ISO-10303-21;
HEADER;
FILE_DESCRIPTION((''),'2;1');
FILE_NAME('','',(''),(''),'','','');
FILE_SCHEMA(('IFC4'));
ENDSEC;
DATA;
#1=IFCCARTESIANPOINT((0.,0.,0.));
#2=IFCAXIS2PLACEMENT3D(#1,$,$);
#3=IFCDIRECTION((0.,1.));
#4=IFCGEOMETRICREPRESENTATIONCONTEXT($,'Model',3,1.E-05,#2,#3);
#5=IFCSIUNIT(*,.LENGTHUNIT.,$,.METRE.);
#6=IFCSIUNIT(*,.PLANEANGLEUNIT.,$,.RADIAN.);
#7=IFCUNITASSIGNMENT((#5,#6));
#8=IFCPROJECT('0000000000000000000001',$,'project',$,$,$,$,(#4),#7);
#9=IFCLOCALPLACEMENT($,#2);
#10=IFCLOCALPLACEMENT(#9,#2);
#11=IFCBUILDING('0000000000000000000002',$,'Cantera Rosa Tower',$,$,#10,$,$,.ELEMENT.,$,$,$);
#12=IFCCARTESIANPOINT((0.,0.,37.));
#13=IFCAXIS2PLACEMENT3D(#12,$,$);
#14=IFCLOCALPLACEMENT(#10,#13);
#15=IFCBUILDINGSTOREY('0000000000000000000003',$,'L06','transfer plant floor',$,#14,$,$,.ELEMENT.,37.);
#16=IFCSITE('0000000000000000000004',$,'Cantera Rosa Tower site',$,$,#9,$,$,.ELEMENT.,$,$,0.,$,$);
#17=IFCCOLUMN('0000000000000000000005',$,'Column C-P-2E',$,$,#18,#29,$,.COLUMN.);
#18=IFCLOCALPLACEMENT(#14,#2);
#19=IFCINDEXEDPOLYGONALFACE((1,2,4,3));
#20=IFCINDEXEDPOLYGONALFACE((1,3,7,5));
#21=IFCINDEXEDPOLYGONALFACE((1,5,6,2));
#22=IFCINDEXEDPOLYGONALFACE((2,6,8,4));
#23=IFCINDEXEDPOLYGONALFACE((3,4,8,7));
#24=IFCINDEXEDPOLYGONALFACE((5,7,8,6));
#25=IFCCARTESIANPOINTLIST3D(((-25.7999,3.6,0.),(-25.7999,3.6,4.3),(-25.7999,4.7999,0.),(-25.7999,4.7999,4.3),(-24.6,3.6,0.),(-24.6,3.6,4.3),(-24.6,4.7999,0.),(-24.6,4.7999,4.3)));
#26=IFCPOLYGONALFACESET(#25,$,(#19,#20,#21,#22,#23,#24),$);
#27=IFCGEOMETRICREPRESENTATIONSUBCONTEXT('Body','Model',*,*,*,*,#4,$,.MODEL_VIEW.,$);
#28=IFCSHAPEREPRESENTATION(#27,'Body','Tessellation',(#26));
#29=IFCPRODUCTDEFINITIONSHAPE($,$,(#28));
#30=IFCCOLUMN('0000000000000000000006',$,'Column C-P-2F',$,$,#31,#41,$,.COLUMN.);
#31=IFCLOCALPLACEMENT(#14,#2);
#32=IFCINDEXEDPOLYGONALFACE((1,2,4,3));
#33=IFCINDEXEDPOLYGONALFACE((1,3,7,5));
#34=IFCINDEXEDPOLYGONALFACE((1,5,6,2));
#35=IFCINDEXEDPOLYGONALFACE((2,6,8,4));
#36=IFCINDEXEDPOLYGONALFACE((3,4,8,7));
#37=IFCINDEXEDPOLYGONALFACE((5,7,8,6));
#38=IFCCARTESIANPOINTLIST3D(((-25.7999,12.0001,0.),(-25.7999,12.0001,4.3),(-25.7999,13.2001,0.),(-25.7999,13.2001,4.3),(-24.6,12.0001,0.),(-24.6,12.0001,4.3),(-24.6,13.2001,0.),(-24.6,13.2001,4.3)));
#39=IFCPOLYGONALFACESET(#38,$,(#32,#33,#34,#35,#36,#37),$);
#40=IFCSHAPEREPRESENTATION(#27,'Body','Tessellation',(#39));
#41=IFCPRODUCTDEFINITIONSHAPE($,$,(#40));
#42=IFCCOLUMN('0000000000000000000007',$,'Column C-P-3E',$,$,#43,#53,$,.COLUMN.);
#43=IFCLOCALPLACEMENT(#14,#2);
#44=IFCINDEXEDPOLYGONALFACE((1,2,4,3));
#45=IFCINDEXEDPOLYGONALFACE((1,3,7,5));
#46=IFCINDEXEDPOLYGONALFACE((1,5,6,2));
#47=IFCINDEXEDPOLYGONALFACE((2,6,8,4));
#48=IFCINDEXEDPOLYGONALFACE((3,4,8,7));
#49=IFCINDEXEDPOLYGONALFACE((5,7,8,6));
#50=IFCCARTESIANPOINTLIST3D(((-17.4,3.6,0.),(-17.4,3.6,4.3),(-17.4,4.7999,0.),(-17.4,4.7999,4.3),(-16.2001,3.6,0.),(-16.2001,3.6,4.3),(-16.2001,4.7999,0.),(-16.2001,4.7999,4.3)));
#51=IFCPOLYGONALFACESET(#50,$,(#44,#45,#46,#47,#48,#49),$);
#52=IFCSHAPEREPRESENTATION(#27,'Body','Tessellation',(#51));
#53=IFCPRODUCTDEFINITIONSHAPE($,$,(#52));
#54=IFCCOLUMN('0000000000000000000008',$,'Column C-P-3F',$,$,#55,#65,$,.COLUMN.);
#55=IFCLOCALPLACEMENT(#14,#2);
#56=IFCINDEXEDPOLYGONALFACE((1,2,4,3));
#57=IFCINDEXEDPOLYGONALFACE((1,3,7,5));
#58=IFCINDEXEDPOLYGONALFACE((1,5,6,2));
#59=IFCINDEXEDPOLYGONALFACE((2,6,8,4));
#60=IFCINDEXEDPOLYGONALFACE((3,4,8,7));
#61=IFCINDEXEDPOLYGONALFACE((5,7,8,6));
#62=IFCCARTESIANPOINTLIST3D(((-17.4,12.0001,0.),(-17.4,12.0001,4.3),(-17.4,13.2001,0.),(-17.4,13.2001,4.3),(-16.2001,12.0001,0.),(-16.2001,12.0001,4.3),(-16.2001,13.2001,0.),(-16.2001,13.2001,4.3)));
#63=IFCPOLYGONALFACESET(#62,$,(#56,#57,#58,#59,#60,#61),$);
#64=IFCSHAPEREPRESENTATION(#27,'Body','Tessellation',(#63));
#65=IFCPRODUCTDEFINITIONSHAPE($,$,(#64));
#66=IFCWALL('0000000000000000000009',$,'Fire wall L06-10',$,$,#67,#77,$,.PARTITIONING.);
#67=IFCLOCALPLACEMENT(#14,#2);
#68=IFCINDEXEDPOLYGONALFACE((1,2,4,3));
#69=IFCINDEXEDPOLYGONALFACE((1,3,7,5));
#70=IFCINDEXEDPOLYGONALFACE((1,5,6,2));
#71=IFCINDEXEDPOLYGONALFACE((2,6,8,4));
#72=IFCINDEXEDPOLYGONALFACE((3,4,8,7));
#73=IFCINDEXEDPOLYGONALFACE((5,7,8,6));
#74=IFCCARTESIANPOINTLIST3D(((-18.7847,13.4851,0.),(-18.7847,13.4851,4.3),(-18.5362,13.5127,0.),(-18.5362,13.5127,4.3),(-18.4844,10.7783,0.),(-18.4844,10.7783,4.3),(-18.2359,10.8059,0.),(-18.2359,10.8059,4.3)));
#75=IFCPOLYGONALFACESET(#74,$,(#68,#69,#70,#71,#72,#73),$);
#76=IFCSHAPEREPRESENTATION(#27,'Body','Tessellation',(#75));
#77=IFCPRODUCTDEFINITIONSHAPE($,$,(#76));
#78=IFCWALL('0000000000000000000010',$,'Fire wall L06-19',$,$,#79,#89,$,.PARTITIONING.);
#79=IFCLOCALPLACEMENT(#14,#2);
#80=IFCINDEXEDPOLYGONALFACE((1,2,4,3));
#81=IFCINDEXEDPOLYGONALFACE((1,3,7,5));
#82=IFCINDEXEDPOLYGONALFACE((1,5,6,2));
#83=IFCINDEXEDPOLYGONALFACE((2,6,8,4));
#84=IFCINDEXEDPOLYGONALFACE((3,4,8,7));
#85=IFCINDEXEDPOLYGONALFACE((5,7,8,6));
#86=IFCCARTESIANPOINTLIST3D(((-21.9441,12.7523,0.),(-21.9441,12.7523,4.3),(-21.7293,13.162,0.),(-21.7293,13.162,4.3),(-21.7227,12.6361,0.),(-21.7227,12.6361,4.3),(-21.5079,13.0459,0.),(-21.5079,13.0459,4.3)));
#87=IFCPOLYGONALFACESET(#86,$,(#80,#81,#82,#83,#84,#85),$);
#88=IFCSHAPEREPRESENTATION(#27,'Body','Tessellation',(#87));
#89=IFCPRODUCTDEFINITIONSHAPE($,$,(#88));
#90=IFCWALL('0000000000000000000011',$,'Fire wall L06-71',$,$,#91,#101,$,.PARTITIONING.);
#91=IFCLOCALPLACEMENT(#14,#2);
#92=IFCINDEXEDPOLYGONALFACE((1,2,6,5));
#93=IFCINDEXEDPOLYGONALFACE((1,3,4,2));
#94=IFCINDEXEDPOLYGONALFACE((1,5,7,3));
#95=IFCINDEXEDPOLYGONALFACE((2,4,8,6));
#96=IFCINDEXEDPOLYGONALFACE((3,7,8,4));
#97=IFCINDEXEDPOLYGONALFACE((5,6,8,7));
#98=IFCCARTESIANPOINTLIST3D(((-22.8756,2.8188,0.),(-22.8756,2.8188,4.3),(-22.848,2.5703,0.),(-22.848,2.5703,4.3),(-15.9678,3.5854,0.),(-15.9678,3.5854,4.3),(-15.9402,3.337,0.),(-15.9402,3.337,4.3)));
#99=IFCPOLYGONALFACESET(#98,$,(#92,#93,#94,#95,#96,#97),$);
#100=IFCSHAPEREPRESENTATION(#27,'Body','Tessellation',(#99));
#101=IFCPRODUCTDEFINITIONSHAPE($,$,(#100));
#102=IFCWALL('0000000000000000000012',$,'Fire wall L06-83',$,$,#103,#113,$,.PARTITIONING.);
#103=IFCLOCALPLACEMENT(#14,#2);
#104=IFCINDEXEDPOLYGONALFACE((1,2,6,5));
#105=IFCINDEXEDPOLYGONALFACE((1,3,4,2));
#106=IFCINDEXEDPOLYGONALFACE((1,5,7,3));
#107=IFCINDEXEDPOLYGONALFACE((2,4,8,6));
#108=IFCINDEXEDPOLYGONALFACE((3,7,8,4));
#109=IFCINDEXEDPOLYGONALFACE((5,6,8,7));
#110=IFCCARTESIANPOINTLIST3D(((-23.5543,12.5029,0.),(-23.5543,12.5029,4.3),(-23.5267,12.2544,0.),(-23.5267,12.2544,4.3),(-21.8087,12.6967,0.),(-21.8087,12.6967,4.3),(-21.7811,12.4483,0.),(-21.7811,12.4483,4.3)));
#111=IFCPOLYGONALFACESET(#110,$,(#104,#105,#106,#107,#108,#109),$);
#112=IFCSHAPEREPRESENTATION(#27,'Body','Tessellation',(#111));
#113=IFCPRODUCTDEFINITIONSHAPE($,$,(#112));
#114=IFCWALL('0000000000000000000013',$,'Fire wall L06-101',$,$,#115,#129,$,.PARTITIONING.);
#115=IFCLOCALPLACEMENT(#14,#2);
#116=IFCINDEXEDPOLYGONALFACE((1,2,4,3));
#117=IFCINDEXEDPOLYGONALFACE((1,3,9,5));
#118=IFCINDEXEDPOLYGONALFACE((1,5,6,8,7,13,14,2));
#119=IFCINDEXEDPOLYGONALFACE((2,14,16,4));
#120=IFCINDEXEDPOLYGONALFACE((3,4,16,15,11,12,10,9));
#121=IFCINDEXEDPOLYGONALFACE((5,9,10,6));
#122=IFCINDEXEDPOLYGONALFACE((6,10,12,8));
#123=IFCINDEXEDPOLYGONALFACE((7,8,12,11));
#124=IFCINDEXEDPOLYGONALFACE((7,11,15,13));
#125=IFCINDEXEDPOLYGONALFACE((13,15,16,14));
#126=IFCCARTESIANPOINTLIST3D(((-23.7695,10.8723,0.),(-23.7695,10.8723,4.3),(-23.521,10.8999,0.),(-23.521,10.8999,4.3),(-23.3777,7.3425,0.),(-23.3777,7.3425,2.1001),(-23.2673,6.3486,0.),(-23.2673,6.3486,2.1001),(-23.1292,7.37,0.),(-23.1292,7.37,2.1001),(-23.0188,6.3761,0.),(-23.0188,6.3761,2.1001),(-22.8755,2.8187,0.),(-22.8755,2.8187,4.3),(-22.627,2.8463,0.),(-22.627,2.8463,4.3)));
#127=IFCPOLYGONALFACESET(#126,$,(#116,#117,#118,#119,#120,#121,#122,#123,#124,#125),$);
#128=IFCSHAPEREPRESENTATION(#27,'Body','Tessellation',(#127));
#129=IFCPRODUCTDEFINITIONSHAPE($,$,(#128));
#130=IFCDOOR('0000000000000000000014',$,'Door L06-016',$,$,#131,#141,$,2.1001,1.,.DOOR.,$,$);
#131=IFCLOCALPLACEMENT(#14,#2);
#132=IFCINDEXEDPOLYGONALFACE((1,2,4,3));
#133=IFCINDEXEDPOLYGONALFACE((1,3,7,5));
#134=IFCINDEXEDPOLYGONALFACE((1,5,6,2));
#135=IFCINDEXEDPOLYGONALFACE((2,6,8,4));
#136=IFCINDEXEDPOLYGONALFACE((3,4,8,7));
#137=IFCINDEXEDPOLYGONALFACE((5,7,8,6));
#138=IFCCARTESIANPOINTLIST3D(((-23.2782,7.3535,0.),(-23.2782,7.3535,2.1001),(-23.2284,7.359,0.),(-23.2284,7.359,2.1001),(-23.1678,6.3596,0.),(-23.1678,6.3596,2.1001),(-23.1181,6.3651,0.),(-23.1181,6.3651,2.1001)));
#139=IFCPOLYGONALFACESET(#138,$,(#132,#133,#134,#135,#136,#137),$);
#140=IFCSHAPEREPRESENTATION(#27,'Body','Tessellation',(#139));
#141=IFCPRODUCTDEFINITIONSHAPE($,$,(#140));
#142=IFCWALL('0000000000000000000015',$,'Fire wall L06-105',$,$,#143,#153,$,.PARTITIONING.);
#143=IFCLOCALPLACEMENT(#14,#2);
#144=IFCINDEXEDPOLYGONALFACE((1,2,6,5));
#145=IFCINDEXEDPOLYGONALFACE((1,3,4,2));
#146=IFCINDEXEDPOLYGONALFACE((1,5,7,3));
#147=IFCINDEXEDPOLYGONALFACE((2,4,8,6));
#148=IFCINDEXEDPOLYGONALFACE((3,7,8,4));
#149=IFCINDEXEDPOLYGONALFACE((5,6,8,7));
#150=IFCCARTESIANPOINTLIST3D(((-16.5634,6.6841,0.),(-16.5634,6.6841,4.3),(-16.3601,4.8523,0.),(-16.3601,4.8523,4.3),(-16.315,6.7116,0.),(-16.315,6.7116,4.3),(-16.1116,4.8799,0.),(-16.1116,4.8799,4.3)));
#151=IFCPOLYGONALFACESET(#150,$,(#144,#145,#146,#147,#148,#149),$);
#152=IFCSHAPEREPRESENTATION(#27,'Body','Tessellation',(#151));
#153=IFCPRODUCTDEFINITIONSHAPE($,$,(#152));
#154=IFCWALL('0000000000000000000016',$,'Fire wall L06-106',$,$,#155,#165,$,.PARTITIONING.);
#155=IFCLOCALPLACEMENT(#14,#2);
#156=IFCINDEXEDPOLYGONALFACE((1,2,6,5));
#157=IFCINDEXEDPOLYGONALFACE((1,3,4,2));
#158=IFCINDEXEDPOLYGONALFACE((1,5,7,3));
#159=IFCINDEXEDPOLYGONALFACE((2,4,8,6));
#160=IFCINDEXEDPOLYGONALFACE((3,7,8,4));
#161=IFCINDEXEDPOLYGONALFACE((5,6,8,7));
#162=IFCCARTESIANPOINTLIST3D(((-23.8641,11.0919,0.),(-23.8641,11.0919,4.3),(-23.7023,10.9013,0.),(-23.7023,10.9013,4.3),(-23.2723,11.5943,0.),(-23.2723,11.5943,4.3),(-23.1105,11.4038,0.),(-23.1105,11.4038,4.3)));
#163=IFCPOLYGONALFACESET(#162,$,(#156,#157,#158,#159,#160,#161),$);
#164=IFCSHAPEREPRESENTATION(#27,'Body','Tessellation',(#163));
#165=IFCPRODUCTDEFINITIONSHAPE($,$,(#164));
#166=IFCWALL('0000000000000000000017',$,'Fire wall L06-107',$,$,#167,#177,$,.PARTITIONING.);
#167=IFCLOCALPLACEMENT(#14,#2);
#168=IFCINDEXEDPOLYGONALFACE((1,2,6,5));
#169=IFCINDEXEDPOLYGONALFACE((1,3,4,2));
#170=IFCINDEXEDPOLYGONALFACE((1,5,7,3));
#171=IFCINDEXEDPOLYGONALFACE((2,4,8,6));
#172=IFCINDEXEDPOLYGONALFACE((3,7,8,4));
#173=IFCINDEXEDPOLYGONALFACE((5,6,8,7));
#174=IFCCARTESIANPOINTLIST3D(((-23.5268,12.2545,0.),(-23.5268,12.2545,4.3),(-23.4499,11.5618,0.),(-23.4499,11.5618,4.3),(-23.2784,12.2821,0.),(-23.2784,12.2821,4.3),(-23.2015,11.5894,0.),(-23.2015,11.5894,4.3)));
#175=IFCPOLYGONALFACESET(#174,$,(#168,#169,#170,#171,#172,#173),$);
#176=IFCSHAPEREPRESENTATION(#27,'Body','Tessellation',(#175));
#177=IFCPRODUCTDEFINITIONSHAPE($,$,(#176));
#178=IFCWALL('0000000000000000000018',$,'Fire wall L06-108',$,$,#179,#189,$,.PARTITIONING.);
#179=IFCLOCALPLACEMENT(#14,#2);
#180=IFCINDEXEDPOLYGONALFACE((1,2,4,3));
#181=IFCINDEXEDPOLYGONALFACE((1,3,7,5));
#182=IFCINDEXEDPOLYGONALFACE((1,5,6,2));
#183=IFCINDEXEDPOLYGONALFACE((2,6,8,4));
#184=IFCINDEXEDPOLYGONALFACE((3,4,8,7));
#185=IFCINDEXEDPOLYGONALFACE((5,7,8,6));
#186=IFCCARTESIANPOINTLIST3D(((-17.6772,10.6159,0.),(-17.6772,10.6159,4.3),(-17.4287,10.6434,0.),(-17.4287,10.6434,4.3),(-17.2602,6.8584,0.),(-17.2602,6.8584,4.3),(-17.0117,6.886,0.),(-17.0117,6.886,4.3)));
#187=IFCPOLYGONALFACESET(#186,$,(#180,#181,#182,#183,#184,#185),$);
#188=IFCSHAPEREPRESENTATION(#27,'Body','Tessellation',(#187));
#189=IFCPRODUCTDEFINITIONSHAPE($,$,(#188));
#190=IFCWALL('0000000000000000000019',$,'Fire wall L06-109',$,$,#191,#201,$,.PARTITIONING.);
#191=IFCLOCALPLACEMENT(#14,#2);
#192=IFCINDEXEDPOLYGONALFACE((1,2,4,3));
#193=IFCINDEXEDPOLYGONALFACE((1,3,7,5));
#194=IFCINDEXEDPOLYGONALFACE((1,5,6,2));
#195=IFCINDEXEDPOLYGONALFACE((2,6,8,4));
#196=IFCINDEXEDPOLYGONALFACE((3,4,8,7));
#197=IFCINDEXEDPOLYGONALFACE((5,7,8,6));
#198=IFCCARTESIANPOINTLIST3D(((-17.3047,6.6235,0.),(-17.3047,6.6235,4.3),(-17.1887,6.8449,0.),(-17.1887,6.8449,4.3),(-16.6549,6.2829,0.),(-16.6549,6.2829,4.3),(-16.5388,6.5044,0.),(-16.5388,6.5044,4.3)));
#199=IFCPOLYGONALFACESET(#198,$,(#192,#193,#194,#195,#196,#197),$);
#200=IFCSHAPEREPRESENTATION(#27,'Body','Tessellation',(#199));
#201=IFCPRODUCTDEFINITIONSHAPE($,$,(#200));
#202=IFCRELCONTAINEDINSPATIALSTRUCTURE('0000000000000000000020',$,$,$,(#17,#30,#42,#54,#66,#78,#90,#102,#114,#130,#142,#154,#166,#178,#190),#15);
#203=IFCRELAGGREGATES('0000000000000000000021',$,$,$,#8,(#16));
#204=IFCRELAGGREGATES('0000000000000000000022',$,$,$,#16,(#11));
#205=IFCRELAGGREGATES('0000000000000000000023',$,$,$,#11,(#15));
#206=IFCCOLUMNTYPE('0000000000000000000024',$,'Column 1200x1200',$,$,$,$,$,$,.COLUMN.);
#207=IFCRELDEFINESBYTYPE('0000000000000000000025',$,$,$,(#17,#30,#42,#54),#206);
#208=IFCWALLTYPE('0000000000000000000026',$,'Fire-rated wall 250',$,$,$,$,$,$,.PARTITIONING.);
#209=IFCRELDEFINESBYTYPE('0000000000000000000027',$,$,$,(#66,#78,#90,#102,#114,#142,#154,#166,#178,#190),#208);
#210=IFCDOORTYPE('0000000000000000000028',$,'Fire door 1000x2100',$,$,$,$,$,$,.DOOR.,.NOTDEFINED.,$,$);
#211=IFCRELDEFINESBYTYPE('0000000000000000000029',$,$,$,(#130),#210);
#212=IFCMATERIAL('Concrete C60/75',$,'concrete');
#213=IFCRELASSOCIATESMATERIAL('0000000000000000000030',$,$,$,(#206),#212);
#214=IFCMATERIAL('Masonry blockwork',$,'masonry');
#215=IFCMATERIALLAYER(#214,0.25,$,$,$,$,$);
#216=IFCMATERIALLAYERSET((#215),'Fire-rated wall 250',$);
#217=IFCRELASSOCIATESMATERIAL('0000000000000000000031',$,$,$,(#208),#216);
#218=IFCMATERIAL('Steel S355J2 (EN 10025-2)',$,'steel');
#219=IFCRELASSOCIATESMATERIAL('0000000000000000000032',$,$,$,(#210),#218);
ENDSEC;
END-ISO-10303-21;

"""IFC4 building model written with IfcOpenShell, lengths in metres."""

from ifc_helpers import new_model, si_unit, direction, frame, frame_2d, origin, origin_2d, place, context, subcontext, project, spatial, rectangle, extrude, material, layer, layer_set, material_profile, profile_set, type_object, element, fill, save


model = new_model("IFC4")

# Units and contexts
model_context = context("Model", 3, precision=1e-05, world=origin(), true_north=direction((0.0, 1.0)))
body_context = subcontext(model_context, "Body", "Model", "MODEL_VIEW")
ifc_project = project(units=[si_unit("LENGTHUNIT", "METRE"), si_unit("PLANEANGLEUNIT", "RADIAN")], contexts=[model_context])

# Site, building, storey
site_placement = place(None, origin())
site = spatial("IfcSite", under=ifc_project, at=site_placement, Name="Cantera Rosa Tower site", CompositionType="ELEMENT", RefElevation=0.0)
building_placement = place(site_placement, origin())
building = spatial("IfcBuilding", under=site, at=building_placement, Name="Cantera Rosa Tower", CompositionType="ELEMENT")
storey_placement = place(building_placement, frame((0.0, 0.0, 37.0)))
storey = spatial("IfcBuildingStorey", under=building, at=storey_placement, Name="L06", Description="transfer plant floor", CompositionType="ELEMENT", Elevation=37.0)

# Columns
ifc_material_1 = material(Name="Concrete C60/75", Category="concrete")
ifc_material_profile = material_profile(ifc_material_1, rectangle(XDim=1.2, YDim=1.2, at=origin_2d()), Name="Column 1200x1200")
ifc_profile_set = profile_set([ifc_material_profile], Name="Concrete C60/75")
column_type = type_object("IfcColumnType", Name="Column 1200x1200", PredefinedType="COLUMN", material=ifc_profile_set)
for number, where, z_axis, x_axis, name in (
    (1, (-25.2, 4.2, 0.0), (0.0, 0.0, 1.0), (1.0, 0.0, 0.0), "Column C-P-2E"),
    (2, (-25.2, 12.6001, 0.0), (0.0, 0.0, 1.0), (1.0, 0.0, 0.0), "Column C-P-2F"),
    (3, (-16.8, 4.2, 0.0), (0.0, 0.0, 1.0), (1.0, 0.0, 0.0), "Column C-P-3E"),
    (4, (-16.8, 12.6001, 0.0), (0.0, 0.0, 1.0), (1.0, 0.0, 0.0), "Column C-P-3F"),
):
    element("IfcColumn", number, at=place(storey_placement, frame(where, z_axis=z_axis, x_axis=x_axis)), inside=storey, type_object=column_type, Name=name, PredefinedType="COLUMN", context=body_context, shape_type="SweptSolid", body=[
        extrude(rectangle(XDim=1.2, YDim=1.2, at=origin_2d()), origin(), (0.0, 0.0, 1.0), 4.3),
    ])

# Walls
ifc_material_2 = material(Name="Masonry blockwork", Category="masonry")
ifc_layer_1 = layer(ifc_material_2, 0.25)
ifc_layer_set_1 = layer_set([ifc_layer_1], Name="Fire-rated wall 250")
wall_type_1 = type_object("IfcWallType", Name="Fire-rated wall 250", PredefinedType="PARTITIONING", material=ifc_layer_set_1)
wall_1_placement = place(storey_placement, frame((-18.3601, 10.792, 0.0), z_axis=(0.0, 0.0, 1.0), x_axis=(-0.110264, 0.993902, 0.0)))
element("IfcWall", 5, at=wall_1_placement, inside=storey, type_object=wall_type_1, Name="Fire wall L06-10", PredefinedType="PARTITIONING", context=body_context, shape_type="SweptSolid", body=[
    extrude(rectangle(XDim=2.7234, YDim=0.25, at=frame_2d((1.3618, 0.0))), origin(), (0.0, 0.0, 1.0), 4.3),
])
wall_2_placement = place(storey_placement, frame((-21.8335, 12.6941, 0.0), z_axis=(0.0, 0.0, 1.0), x_axis=(0.464441, 0.885604, 0.0)))
element("IfcWall", 6, at=wall_2_placement, inside=storey, type_object=wall_type_1, Name="Fire wall L06-19", PredefinedType="PARTITIONING", context=body_context, shape_type="SweptSolid", body=[
    extrude(rectangle(XDim=0.4626, YDim=0.25, at=frame_2d((0.2314, 0.0))), origin(), (0.0, 0.0, 1.0), 4.3),
])
wall_3_placement = place(storey_placement, frame((-22.8618, 2.6946, 0.0), z_axis=(0.0, 0.0, 1.0), x_axis=(0.993898, 0.1103, 0.0)))
element("IfcWall", 7, at=wall_3_placement, inside=storey, type_object=wall_type_1, Name="Fire wall L06-71", PredefinedType="PARTITIONING", context=body_context, shape_type="SweptSolid", body=[
    extrude(rectangle(XDim=6.9502, YDim=0.25, at=frame_2d((3.4751, 0.0))), origin(), (0.0, 0.0, 1.0), 4.3),
])
wall_4_placement = place(storey_placement, frame((-23.5405, 12.3787, 0.0), z_axis=(0.0, 0.0, 1.0), x_axis=(0.993891, 0.11037, 0.0)))
element("IfcWall", 8, at=wall_4_placement, inside=storey, type_object=wall_type_1, Name="Fire wall L06-83", PredefinedType="PARTITIONING", context=body_context, shape_type="SweptSolid", body=[
    extrude(rectangle(XDim=1.7563, YDim=0.25, at=frame_2d((0.8782, 0.0))), origin(), (0.0, 0.0, 1.0), 4.3),
])

# Wall, opening, door
wall_5_placement = place(storey_placement, frame((-22.7512, 2.8325, 0.0), z_axis=(0.0, 0.0, 1.0), x_axis=(-0.110336, 0.993894, 0.0)))
wall_5 = element("IfcWall", 9, at=wall_5_placement, inside=storey, type_object=wall_type_1, Name="Fire wall L06-101", PredefinedType="PARTITIONING", context=body_context, shape_type="SweptSolid", body=[
    extrude(rectangle(XDim=8.103, YDim=0.25, at=frame_2d((4.0515, 0.0))), origin(), (0.0, 0.0, 1.0), 4.3),
])
opening_placement = place(wall_5_placement, frame((3.5515, 0.0, 0.0)))
opening = element("IfcOpeningElement", 10, at=opening_placement, cuts=wall_5, PredefinedType="OPENING", context=body_context, shape_type="SweptSolid", body=[
    extrude(rectangle(XDim=1.0, YDim=2.1001, at=frame_2d((0.5, 1.05))), frame((0.0, 0.135, 0.0), z_axis=(0.0, -1.0, 0.0), x_axis=(1.0, 0.0, 0.0)), (0.0, 0.0, 1.0), 0.27),
])
ifc_material_3 = material(Name="Steel S355J2 (EN 10025-2)", Category="steel")
door_type = type_object("IfcDoorType", Name="Fire door 1000x2100", OperationType="NOTDEFINED", PredefinedType="DOOR", material=ifc_material_3)
door_placement = place(opening_placement, origin())
door = element("IfcDoor", 11, at=door_placement, inside=storey, type_object=door_type, Name="Door L06-016", OverallHeight=2.1001, OverallWidth=1.0, PredefinedType="DOOR", context=body_context, shape_type="SweptSolid", body=[
    extrude(rectangle(XDim=1.0, YDim=2.1001, at=frame_2d((0.5, 1.05))), frame((0.0, 0.0249, 0.0), z_axis=(0.0, -1.0, 0.0), x_axis=(1.0, 0.0, 0.0)), (0.0, 0.0, 1.0), 0.05),
])
fill(opening, door)

# Walls
wall_6_placement = place(storey_placement, frame((-16.2358, 4.8662, 0.0), z_axis=(0.0, 0.0, 1.0), x_axis=(-0.110344, 0.993893, 0.0)))
element("IfcWall", 12, at=wall_6_placement, inside=storey, type_object=wall_type_1, Name="Fire wall L06-105", PredefinedType="PARTITIONING", context=body_context, shape_type="SweptSolid", body=[
    extrude(rectangle(XDim=1.843, YDim=0.25, at=frame_2d((0.9214, 0.0))), origin(), (0.0, 0.0, 1.0), 4.3),
])
wall_7_placement = place(storey_placement, frame((-23.7832, 10.9966, 0.0), z_axis=(0.0, 0.0, 1.0), x_axis=(0.762312, 0.64721, 0.0)))
element("IfcWall", 13, at=wall_7_placement, inside=storey, type_object=wall_type_1, Name="Fire wall L06-106", PredefinedType="PARTITIONING", context=body_context, shape_type="SweptSolid", body=[
    extrude(rectangle(XDim=0.7764, YDim=0.25, at=frame_2d((0.3882, 0.0))), origin(), (0.0, 0.0, 1.0), 4.3),
])
wall_8_placement = place(storey_placement, frame((-23.3257, 11.5754, 0.0), z_axis=(0.0, 0.0, 1.0), x_axis=(-0.110316, 0.993897, 0.0)))
element("IfcWall", 14, at=wall_8_placement, inside=storey, type_object=wall_type_1, Name="Fire wall L06-107", PredefinedType="PARTITIONING", context=body_context, shape_type="SweptSolid", body=[
    extrude(rectangle(XDim=0.697, YDim=0.25, at=frame_2d((0.3486, 0.0))), origin(), (0.0, 0.0, 1.0), 4.3),
])
wall_9_placement = place(storey_placement, frame((-17.136, 6.8723, 0.0), z_axis=(0.0, 0.0, 1.0), x_axis=(-0.110297, 0.993899, 0.0)))
element("IfcWall", 15, at=wall_9_placement, inside=storey, type_object=wall_type_1, Name="Fire wall L06-108", PredefinedType="PARTITIONING", context=body_context, shape_type="SweptSolid", body=[
    extrude(rectangle(XDim=3.7805, YDim=0.25, at=frame_2d((1.8901, 0.0))), origin(), (0.0, 0.0, 1.0), 4.3),
])
wall_10_placement = place(storey_placement, frame((-17.2466, 6.7341, 0.0), z_axis=(0.0, 0.0, 1.0), x_axis=(0.885747, -0.464169, 0.0)))
element("IfcWall", 16, at=wall_10_placement, inside=storey, type_object=wall_type_1, Name="Fire wall L06-109", PredefinedType="PARTITIONING", context=body_context, shape_type="SweptSolid", body=[
    extrude(rectangle(XDim=0.7336, YDim=0.25, at=frame_2d((0.3667, 0.0))), origin(), (0.0, 0.0, 1.0), 4.3),
])

save(model, "model.ifc")
